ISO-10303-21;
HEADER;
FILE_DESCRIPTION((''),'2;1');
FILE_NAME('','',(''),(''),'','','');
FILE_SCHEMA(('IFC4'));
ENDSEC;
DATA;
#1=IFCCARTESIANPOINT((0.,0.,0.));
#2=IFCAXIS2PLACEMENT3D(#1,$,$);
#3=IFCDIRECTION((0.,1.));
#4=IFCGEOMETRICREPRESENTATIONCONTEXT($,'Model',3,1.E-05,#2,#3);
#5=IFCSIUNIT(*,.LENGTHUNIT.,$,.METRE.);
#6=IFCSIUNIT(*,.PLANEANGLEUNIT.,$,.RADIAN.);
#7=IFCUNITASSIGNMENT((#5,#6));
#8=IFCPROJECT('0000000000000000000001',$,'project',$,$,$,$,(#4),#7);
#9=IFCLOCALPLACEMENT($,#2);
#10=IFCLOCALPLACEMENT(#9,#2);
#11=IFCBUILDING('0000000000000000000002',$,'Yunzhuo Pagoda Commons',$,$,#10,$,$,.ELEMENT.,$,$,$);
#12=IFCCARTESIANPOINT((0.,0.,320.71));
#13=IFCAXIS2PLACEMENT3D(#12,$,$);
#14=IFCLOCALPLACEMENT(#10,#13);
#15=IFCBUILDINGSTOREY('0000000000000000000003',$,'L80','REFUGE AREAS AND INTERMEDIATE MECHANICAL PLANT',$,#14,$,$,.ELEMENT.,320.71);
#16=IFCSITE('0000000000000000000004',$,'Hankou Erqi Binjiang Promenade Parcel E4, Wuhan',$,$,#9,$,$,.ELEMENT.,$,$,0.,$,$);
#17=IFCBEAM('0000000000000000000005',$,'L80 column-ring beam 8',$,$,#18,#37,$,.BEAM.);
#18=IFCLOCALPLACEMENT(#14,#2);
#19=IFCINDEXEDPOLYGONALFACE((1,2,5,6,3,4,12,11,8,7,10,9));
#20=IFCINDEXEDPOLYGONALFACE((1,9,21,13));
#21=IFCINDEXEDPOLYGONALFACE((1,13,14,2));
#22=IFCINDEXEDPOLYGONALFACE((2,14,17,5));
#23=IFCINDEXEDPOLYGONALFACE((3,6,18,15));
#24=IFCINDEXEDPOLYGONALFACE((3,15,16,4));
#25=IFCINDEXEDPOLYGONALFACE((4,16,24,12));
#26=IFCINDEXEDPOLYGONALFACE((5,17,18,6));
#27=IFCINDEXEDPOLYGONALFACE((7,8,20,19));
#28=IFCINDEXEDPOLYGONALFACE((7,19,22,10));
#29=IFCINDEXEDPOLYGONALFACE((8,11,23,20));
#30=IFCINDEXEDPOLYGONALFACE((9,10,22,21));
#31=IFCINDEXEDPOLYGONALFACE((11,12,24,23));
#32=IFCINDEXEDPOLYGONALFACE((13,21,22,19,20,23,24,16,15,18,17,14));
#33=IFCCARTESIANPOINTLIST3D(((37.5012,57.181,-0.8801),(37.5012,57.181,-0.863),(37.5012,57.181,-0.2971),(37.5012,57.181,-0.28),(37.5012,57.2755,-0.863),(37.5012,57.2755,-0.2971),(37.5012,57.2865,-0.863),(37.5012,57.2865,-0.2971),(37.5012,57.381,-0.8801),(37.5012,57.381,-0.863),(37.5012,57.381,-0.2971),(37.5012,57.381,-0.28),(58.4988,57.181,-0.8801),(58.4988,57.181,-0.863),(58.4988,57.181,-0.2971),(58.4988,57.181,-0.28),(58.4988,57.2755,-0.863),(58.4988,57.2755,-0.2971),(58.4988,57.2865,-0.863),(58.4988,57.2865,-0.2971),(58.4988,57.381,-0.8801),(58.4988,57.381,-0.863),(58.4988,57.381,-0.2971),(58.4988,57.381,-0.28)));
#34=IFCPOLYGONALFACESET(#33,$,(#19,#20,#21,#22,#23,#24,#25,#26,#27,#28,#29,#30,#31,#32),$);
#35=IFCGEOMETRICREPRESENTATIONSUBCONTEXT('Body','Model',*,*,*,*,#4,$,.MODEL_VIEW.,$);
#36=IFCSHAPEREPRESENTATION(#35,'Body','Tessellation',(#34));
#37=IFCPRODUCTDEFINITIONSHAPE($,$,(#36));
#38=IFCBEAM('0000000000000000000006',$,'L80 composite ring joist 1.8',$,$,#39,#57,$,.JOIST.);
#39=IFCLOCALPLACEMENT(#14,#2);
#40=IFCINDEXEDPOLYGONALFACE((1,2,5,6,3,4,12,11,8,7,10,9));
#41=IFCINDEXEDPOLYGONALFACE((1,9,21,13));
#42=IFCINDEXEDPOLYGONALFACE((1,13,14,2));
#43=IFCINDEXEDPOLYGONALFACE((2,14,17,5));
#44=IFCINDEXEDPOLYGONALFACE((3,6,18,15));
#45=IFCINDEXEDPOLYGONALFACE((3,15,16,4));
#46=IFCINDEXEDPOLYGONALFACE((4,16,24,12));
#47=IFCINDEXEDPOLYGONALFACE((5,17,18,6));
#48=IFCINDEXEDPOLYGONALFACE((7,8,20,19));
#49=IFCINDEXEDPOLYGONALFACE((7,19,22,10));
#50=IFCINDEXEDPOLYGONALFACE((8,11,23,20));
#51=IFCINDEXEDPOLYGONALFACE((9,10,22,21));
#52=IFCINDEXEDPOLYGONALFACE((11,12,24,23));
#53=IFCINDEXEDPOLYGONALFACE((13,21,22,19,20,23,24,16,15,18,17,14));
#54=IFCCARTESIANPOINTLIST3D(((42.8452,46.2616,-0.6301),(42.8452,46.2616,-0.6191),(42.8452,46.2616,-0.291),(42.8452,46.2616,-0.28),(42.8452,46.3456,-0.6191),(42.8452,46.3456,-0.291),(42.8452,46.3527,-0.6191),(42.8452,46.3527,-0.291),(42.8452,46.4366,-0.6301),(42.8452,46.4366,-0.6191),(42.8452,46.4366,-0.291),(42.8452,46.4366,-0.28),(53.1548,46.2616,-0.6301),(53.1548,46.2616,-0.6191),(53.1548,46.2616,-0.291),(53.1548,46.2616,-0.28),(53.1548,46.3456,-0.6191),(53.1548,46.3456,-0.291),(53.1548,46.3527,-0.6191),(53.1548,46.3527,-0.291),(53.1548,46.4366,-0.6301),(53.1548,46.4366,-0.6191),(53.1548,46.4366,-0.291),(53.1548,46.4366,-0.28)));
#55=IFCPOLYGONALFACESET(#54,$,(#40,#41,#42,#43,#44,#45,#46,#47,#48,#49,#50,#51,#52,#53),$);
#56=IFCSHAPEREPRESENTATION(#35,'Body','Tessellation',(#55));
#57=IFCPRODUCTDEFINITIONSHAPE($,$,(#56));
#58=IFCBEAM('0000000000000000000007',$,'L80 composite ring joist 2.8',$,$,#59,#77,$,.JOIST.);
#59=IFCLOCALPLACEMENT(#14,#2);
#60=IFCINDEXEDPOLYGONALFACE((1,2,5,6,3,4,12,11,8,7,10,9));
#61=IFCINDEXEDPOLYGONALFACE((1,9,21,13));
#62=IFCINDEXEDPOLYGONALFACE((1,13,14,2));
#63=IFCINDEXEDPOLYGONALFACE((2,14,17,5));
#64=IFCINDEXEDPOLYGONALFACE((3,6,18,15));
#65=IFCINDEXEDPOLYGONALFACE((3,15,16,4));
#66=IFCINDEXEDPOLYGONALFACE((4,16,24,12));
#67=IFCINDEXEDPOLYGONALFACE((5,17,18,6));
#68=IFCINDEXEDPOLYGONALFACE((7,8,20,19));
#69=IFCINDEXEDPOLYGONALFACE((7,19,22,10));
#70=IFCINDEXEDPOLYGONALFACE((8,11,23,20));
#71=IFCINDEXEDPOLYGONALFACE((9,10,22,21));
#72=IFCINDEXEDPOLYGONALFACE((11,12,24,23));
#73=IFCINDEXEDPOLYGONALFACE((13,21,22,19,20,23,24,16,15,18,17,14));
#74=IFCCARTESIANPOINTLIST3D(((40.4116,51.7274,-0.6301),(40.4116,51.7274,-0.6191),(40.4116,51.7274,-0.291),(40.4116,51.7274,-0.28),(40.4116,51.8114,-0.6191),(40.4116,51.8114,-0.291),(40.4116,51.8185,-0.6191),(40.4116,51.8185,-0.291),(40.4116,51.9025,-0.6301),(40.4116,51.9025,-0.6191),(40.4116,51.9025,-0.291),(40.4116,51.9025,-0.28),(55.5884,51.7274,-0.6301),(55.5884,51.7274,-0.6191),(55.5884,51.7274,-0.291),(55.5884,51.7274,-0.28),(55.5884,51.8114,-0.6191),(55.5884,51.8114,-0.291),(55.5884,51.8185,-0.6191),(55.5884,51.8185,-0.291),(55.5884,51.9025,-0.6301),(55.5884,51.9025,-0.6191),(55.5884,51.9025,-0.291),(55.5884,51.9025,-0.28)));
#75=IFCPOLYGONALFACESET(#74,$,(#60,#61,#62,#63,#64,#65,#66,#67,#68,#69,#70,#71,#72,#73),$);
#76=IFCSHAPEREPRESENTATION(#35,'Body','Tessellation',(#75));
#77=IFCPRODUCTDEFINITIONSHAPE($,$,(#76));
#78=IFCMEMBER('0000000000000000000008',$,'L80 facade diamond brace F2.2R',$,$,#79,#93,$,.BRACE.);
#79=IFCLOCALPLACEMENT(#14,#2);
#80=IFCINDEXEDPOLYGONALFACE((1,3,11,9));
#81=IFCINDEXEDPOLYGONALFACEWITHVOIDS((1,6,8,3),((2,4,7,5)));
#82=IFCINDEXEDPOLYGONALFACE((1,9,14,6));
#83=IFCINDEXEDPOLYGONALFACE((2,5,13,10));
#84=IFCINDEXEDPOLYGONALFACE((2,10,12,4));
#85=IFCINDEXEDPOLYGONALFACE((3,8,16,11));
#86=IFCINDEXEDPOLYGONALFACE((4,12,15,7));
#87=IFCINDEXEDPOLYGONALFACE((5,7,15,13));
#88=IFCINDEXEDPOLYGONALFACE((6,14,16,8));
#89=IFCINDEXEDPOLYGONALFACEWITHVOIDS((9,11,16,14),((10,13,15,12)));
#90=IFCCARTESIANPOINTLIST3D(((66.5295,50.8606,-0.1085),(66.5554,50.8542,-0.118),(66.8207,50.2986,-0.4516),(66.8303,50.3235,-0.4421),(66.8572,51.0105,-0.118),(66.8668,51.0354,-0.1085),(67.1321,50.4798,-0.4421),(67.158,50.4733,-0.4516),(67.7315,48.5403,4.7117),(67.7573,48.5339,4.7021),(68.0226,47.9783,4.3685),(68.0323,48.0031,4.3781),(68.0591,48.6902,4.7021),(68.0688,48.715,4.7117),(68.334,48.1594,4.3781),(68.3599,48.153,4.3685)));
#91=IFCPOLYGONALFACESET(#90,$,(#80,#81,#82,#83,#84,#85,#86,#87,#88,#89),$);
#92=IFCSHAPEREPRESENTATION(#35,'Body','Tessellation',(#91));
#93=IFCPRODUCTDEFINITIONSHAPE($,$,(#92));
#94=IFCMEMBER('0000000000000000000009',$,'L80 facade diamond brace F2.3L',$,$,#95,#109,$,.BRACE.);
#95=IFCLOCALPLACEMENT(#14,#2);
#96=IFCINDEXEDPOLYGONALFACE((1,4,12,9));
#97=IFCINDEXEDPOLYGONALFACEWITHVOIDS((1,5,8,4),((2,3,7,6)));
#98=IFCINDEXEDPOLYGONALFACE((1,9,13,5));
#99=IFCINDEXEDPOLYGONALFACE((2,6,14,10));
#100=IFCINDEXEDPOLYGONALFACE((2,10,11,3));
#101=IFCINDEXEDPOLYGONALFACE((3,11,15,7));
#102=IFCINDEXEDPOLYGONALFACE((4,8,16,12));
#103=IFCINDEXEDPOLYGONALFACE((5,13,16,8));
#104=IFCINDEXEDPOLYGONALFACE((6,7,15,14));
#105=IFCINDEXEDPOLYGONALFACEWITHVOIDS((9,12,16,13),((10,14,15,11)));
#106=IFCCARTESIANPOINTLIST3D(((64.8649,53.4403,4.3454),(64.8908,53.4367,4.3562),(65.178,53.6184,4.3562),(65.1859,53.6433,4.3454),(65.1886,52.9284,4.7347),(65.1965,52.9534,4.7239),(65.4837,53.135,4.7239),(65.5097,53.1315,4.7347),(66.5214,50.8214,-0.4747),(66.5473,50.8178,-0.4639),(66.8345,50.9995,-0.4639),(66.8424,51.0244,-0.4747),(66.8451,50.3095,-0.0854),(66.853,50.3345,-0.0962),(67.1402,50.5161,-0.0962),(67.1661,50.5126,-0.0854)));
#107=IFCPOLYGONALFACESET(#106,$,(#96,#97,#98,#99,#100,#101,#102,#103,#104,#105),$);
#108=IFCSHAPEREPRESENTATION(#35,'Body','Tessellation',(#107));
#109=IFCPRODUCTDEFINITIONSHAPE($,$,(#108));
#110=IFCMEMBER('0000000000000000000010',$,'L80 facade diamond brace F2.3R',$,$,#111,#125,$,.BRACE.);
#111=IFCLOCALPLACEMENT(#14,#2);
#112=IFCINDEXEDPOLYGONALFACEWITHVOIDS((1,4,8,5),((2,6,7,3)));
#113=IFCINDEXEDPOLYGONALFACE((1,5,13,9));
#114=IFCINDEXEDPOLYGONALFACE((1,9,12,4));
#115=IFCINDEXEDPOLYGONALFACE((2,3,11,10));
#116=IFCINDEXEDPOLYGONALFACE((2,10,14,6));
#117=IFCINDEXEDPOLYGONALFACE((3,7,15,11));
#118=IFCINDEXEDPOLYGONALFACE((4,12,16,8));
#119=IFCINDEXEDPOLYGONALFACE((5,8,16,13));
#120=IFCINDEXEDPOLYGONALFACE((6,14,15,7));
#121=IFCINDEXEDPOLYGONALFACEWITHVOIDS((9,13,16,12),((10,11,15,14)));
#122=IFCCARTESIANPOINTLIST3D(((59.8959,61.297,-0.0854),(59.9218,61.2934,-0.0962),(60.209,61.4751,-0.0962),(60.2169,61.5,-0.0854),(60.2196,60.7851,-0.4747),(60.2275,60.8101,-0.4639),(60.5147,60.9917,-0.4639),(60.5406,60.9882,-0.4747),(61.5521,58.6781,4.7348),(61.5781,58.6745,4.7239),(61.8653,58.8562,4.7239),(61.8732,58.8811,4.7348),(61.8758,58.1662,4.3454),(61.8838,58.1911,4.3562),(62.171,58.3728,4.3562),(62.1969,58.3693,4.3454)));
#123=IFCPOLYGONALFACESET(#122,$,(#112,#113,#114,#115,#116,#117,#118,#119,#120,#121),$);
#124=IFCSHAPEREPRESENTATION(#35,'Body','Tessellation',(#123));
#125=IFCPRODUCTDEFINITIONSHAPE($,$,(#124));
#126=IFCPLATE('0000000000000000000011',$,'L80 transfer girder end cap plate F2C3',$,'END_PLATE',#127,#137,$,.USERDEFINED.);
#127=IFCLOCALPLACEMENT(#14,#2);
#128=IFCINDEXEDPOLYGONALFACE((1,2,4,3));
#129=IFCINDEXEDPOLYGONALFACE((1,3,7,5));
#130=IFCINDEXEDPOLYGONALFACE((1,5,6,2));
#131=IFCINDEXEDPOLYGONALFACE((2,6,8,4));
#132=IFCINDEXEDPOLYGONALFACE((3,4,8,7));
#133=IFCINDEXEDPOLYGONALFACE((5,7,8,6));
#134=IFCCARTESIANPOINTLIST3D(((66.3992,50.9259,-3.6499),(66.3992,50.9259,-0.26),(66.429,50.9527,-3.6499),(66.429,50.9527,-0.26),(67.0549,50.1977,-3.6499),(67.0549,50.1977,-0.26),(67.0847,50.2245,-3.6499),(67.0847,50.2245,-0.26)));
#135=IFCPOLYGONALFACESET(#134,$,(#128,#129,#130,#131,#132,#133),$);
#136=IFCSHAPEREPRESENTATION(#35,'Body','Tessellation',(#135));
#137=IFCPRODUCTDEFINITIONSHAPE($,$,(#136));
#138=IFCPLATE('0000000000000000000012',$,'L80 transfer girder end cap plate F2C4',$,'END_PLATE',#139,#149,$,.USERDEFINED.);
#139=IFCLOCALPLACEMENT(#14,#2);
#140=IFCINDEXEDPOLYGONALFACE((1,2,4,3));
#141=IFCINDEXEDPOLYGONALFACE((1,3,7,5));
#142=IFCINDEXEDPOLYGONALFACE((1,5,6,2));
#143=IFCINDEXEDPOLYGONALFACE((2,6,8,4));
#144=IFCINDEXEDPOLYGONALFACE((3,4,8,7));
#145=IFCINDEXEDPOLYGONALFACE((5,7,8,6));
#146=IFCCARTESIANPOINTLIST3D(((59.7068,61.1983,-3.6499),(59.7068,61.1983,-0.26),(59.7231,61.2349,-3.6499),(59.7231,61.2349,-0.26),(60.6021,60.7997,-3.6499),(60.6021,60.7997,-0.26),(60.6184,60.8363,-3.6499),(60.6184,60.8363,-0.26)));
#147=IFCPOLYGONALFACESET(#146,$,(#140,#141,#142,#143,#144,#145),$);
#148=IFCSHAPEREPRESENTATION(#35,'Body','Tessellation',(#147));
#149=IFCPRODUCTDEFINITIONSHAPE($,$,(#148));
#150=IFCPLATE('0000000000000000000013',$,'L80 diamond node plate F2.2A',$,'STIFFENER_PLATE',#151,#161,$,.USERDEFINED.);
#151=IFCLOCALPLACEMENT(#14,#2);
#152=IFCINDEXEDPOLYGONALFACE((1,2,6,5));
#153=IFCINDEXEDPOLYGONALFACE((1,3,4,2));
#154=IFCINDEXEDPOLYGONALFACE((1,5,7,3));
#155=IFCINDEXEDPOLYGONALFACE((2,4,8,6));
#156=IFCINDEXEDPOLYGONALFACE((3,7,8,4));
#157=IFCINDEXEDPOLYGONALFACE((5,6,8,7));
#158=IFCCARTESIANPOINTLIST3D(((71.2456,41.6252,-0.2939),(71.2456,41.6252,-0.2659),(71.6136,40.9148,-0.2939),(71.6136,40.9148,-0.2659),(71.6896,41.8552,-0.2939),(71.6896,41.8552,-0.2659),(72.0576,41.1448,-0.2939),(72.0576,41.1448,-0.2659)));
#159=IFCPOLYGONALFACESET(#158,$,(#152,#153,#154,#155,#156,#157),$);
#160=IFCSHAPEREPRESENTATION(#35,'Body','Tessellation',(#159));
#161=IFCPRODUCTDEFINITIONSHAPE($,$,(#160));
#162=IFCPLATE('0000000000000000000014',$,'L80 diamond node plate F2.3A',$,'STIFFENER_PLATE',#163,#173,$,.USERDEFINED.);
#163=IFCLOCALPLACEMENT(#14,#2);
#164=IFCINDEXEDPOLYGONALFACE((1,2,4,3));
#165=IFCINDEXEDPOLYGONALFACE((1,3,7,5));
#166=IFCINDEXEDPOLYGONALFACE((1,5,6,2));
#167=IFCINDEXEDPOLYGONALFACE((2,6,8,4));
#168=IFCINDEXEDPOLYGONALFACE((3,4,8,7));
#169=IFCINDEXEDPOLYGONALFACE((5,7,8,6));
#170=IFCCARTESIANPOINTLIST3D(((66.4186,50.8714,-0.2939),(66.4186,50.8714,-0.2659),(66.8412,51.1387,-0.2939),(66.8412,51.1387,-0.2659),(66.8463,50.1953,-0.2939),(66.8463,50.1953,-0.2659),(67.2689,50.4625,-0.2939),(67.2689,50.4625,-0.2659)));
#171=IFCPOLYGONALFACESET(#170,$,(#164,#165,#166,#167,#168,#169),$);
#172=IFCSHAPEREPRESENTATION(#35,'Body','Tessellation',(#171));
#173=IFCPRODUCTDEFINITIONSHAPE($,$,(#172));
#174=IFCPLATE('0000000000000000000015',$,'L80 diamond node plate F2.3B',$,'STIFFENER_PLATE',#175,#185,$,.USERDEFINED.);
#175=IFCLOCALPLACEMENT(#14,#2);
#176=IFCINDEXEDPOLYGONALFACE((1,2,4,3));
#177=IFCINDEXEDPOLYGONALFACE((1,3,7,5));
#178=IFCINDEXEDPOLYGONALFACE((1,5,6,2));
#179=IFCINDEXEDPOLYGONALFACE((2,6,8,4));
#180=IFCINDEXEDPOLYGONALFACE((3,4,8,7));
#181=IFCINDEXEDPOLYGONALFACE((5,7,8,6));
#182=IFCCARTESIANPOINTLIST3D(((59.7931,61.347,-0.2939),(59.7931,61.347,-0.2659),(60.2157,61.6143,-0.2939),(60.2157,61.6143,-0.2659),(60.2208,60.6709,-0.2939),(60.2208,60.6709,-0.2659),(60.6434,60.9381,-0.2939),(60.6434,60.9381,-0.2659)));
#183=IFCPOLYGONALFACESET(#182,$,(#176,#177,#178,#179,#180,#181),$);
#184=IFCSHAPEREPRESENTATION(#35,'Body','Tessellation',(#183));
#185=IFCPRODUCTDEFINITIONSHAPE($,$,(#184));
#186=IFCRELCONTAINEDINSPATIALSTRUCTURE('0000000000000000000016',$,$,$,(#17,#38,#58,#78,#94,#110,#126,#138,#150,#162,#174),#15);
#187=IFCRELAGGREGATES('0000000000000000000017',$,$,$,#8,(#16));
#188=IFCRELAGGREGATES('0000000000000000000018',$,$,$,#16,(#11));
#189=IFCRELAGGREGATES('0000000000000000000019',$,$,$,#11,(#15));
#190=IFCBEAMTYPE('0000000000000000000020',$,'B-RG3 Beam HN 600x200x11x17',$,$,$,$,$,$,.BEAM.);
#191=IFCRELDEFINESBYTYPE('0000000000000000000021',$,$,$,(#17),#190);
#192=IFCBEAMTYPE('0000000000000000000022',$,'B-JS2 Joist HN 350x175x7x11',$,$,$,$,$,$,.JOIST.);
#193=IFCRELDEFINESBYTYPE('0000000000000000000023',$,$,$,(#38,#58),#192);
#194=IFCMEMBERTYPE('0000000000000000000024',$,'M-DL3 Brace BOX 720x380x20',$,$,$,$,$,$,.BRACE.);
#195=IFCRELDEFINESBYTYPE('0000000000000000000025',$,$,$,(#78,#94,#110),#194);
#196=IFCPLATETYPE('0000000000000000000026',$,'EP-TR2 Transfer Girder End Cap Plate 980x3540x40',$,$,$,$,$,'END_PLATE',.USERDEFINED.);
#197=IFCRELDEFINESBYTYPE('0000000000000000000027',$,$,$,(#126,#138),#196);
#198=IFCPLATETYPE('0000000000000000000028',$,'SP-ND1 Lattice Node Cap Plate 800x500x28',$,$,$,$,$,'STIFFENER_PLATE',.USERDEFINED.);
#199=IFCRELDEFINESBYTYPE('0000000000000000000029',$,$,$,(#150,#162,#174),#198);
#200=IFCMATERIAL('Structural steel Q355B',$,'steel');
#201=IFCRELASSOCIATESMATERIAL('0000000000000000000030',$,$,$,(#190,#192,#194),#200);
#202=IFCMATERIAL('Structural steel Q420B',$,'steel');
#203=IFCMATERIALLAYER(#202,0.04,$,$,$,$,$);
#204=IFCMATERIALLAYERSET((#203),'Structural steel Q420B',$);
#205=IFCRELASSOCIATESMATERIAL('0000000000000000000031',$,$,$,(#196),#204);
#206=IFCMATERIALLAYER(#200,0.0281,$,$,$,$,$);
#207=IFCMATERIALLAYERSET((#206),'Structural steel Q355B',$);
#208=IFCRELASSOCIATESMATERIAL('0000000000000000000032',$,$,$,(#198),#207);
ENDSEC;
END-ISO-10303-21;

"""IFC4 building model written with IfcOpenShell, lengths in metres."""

from ifc_helpers import new_model, si_unit, direction, frame, origin, origin_2d, place, context, subcontext, project, spatial, rectangle, hollow_rectangle, i_section, extrude, source, transform, mapped, material, layer, layer_set, material_profile, profile_set, type_object, element, save


model = new_model("IFC4")

# Units and contexts
model_context = context("Model", 3, precision=1e-05, world=origin(), true_north=direction((0.0, 1.0)))
body_context = subcontext(model_context, "Body", "Model", "MODEL_VIEW")
ifc_project = project(units=[si_unit("LENGTHUNIT", "METRE"), si_unit("PLANEANGLEUNIT", "RADIAN")], contexts=[model_context])

# Site, building, storey
site_placement = place(None, origin())
site = spatial("IfcSite", under=ifc_project, at=site_placement, Name="Hankou Erqi Binjiang Promenade Parcel E4, Wuhan", CompositionType="ELEMENT", RefElevation=0.0)
building_placement = place(site_placement, origin())
building = spatial("IfcBuilding", under=site, at=building_placement, Name="Yunzhuo Pagoda Commons", CompositionType="ELEMENT")
storey_placement = place(building_placement, frame((0.0, 0.0, 320.71)))
storey = spatial("IfcBuildingStorey", under=building, at=storey_placement, Name="L80", Description="REFUGE AREAS AND INTERMEDIATE MECHANICAL PLANT", CompositionType="ELEMENT", Elevation=320.71)

# Shared definitions
ifc_material_1 = material(Name="Structural steel Q355B", Category="steel")

# Beams
ifc_material_2 = material(Name="Structural steel Q420B", Category="steel")
ifc_material_profile_1 = material_profile(ifc_material_1, i_section(OverallWidth=0.2, OverallDepth=0.6001, WebThickness=0.011, FlangeThickness=0.0171, at=origin_2d()), Name="Structural steel Q355B")
ifc_profile_set_1 = profile_set([ifc_material_profile_1], Name="Structural steel Q355B")
beam_type_1 = type_object("IfcBeamType", Name="B-RG3 Beam HN 600x200x11x17", PredefinedType="BEAM", material=ifc_profile_set_1)
ifc_material_profile_2 = material_profile(ifc_material_1, i_section(OverallWidth=0.175, OverallDepth=0.3501, WebThickness=0.0071, FlangeThickness=0.011, at=origin_2d()), Name="Structural steel Q355B")
ifc_profile_set_2 = profile_set([ifc_material_profile_2], Name="Structural steel Q355B")
beam_type_2 = type_object("IfcBeamType", Name="B-JS2 Joist HN 350x175x7x11", PredefinedType="JOIST", material=ifc_profile_set_2)
shared_shape_1 = source(origin(), body_context, "Body", "SweptSolid", [
    extrude(i_section(OverallWidth=0.2, OverallDepth=0.6001, WebThickness=0.011, FlangeThickness=0.0171, at=origin_2d()), origin(), (0.0, 0.0, 1.0), 20.9976),
])
beam_1_placement = place(storey_placement, frame((58.4988, 57.281, -0.5801), z_axis=(-1.0, 0.0, 0.0), x_axis=(0.0, -1.0, 0.0)))
element("IfcBeam", 1, at=beam_1_placement, inside=storey, type_object=beam_type_1, Name="L80 column-ring beam 8", PredefinedType="BEAM", context=body_context, shape_type="MappedRepresentation", body=[
    mapped(shared_shape_1, transform((0.0, 0.0, 0.0), scale=1.0)),
])
shared_shape_2 = source(origin(), body_context, "Body", "SweptSolid", [
    extrude(i_section(OverallWidth=0.175, OverallDepth=0.3501, WebThickness=0.0071, FlangeThickness=0.011, at=origin_2d()), origin(), (0.0, 0.0, 1.0), 10.3096),
])
beam_2_placement = place(storey_placement, frame((53.1548, 46.3491, -0.4551), z_axis=(-1.0, 0.0, 0.0), x_axis=(0.0, -1.0, 0.0)))
element("IfcBeam", 2, at=beam_2_placement, inside=storey, type_object=beam_type_2, Name="L80 composite ring joist 1.8", PredefinedType="JOIST", context=body_context, shape_type="MappedRepresentation", body=[
    mapped(shared_shape_2, transform((0.0, 0.0, 0.0), scale=1.0)),
])
shared_shape_3 = source(origin(), body_context, "Body", "SweptSolid", [
    extrude(i_section(OverallWidth=0.175, OverallDepth=0.3501, WebThickness=0.0071, FlangeThickness=0.011, at=origin_2d()), origin(), (0.0, 0.0, 1.0), 15.1768),
])
beam_3_placement = place(storey_placement, frame((55.5884, 51.8149, -0.4551), z_axis=(-1.0, 0.0, 0.0), x_axis=(0.0, -1.0, 0.0)))
element("IfcBeam", 3, at=beam_3_placement, inside=storey, type_object=beam_type_2, Name="L80 composite ring joist 2.8", PredefinedType="JOIST", context=body_context, shape_type="MappedRepresentation", body=[
    mapped(shared_shape_3, transform((0.0, 0.0, 0.0), scale=1.0)),
])

# Members
ifc_material_profile_3 = material_profile(ifc_material_1, hollow_rectangle(XDim=0.3799, YDim=0.72, WallThickness=0.02, at=origin_2d()), Name="Structural steel Q355B")
ifc_profile_set_3 = profile_set([ifc_material_profile_3], Name="Structural steel Q355B")
member_type = type_object("IfcMemberType", Name="M-DL3 Brace BOX 720x380x20", PredefinedType="BRACE", material=ifc_profile_set_3)
shared_shape_4 = source(origin(), body_context, "Body", "SweptSolid", [
    extrude(hollow_rectangle(XDim=0.3799, YDim=0.72, WallThickness=0.02, at=origin_2d()), origin(), (0.0, 0.0, 1.0), 5.4829),
])
member_placement = place(storey_placement, frame((66.8438, 50.667, -0.28), z_axis=(0.219212, -0.423196, 0.87912), x_axis=(0.887945, 0.459949, 0.0)))
element("IfcMember", 4, at=member_placement, inside=storey, type_object=member_type, Name="L80 facade diamond brace F2.2R", PredefinedType="BRACE", context=body_context, shape_type="MappedRepresentation", body=[
    mapped(shared_shape_4, transform((0.0, 0.0, 0.0), scale=1.0)),
])
shared_shape_5 = source(origin(), body_context, "Body", "SweptSolid", [
    extrude(hollow_rectangle(XDim=0.3799, YDim=0.72, WallThickness=0.02, at=origin_2d()), origin(), (0.0, 0.0, 1.0), 5.7302),
])
for number, where, z_axis, x_axis, name in (
    (5, (66.8438, 50.667, -0.28), (-0.289079, 0.457031, 0.841163), (-0.845131, -0.534559, 0.0), "L80 facade diamond brace F2.3L"),
    (6, (60.2183, 61.1426, -0.28), (0.28904, -0.457036, 0.841174), (0.845167, 0.534503, 0.0), "L80 facade diamond brace F2.3R"),
):
    element("IfcMember", number, at=place(storey_placement, frame(where, z_axis=z_axis, x_axis=x_axis)), inside=storey, type_object=member_type, Name=name, PredefinedType="BRACE", context=body_context, shape_type="MappedRepresentation", body=[
        mapped(shared_shape_5, transform((0.0, 0.0, 0.0), scale=1.0)),
    ])

# Plates
ifc_layer_1 = layer(ifc_material_2, 0.04)
ifc_layer_set_1 = layer_set([ifc_layer_1], Name="Structural steel Q420B")
plate_type_1 = type_object("IfcPlateType", Name="EP-TR2 Transfer Girder End Cap Plate 980x3540x40", ElementType="END_PLATE", PredefinedType="USERDEFINED", material=ifc_layer_set_1)
shared_shape_6 = source(origin(), body_context, "Body", "SweptSolid", [
    extrude(rectangle(XDim=0.98, YDim=0.04, at=origin_2d()), origin(), (0.0, 0.0, 1.0), 3.3899),
])
for number, where, z_axis, x_axis, name in (
    (7, (66.7419, 50.5752, -3.6499), (0.0, 0.0, 1.0), (-0.669131, 0.743145, 0.0), "L80 transfer girder end cap plate F2C3"),
    (8, (60.1626, 61.0173, -3.6499), (0.0, 0.0, 1.0), (-0.913545, 0.406737, 0.0), "L80 transfer girder end cap plate F2C4"),
):
    element("IfcPlate", number, at=place(storey_placement, frame(where, z_axis=z_axis, x_axis=x_axis)), inside=storey, type_object=plate_type_1, Name=name, ObjectType="END_PLATE", PredefinedType="USERDEFINED", context=body_context, shape_type="MappedRepresentation", body=[
        mapped(shared_shape_6, transform((0.0, 0.0, 0.0), scale=1.0)),
    ])
ifc_layer_2 = layer(ifc_material_1, 0.0281)
ifc_layer_set_2 = layer_set([ifc_layer_2], Name="Structural steel Q355B")
plate_type_2 = type_object("IfcPlateType", Name="SP-ND1 Lattice Node Cap Plate 800x500x28", ElementType="STIFFENER_PLATE", PredefinedType="USERDEFINED", material=ifc_layer_set_2)
shared_shape_7 = source(origin(), body_context, "Body", "SweptSolid", [
    extrude(rectangle(XDim=0.8, YDim=0.5, at=origin_2d()), origin(), (0.0, 0.0, 1.0), 0.0281),
])
for number, where, z_axis, x_axis, name in (
    (9, (71.6516, 41.385, -0.2939), (0.0, 0.0, 1.0), (-0.459952, 0.887944, 0.0), "L80 diamond node plate F2.2A"),
    (10, (66.8438, 50.667, -0.2939), (0.0, 0.0, 1.0), (-0.534529, 0.84515, 0.0), "L80 diamond node plate F2.3A"),
    (11, (60.2183, 61.1426, -0.2939), (0.0, 0.0, 1.0), (-0.534529, 0.84515, 0.0), "L80 diamond node plate F2.3B"),
):
    element("IfcPlate", number, at=place(storey_placement, frame(where, z_axis=z_axis, x_axis=x_axis)), inside=storey, type_object=plate_type_2, Name=name, ObjectType="STIFFENER_PLATE", PredefinedType="USERDEFINED", context=body_context, shape_type="MappedRepresentation", body=[
        mapped(shared_shape_7, transform((0.0, 0.0, 0.0), scale=1.0)),
    ])

save(model, "model.ifc")
